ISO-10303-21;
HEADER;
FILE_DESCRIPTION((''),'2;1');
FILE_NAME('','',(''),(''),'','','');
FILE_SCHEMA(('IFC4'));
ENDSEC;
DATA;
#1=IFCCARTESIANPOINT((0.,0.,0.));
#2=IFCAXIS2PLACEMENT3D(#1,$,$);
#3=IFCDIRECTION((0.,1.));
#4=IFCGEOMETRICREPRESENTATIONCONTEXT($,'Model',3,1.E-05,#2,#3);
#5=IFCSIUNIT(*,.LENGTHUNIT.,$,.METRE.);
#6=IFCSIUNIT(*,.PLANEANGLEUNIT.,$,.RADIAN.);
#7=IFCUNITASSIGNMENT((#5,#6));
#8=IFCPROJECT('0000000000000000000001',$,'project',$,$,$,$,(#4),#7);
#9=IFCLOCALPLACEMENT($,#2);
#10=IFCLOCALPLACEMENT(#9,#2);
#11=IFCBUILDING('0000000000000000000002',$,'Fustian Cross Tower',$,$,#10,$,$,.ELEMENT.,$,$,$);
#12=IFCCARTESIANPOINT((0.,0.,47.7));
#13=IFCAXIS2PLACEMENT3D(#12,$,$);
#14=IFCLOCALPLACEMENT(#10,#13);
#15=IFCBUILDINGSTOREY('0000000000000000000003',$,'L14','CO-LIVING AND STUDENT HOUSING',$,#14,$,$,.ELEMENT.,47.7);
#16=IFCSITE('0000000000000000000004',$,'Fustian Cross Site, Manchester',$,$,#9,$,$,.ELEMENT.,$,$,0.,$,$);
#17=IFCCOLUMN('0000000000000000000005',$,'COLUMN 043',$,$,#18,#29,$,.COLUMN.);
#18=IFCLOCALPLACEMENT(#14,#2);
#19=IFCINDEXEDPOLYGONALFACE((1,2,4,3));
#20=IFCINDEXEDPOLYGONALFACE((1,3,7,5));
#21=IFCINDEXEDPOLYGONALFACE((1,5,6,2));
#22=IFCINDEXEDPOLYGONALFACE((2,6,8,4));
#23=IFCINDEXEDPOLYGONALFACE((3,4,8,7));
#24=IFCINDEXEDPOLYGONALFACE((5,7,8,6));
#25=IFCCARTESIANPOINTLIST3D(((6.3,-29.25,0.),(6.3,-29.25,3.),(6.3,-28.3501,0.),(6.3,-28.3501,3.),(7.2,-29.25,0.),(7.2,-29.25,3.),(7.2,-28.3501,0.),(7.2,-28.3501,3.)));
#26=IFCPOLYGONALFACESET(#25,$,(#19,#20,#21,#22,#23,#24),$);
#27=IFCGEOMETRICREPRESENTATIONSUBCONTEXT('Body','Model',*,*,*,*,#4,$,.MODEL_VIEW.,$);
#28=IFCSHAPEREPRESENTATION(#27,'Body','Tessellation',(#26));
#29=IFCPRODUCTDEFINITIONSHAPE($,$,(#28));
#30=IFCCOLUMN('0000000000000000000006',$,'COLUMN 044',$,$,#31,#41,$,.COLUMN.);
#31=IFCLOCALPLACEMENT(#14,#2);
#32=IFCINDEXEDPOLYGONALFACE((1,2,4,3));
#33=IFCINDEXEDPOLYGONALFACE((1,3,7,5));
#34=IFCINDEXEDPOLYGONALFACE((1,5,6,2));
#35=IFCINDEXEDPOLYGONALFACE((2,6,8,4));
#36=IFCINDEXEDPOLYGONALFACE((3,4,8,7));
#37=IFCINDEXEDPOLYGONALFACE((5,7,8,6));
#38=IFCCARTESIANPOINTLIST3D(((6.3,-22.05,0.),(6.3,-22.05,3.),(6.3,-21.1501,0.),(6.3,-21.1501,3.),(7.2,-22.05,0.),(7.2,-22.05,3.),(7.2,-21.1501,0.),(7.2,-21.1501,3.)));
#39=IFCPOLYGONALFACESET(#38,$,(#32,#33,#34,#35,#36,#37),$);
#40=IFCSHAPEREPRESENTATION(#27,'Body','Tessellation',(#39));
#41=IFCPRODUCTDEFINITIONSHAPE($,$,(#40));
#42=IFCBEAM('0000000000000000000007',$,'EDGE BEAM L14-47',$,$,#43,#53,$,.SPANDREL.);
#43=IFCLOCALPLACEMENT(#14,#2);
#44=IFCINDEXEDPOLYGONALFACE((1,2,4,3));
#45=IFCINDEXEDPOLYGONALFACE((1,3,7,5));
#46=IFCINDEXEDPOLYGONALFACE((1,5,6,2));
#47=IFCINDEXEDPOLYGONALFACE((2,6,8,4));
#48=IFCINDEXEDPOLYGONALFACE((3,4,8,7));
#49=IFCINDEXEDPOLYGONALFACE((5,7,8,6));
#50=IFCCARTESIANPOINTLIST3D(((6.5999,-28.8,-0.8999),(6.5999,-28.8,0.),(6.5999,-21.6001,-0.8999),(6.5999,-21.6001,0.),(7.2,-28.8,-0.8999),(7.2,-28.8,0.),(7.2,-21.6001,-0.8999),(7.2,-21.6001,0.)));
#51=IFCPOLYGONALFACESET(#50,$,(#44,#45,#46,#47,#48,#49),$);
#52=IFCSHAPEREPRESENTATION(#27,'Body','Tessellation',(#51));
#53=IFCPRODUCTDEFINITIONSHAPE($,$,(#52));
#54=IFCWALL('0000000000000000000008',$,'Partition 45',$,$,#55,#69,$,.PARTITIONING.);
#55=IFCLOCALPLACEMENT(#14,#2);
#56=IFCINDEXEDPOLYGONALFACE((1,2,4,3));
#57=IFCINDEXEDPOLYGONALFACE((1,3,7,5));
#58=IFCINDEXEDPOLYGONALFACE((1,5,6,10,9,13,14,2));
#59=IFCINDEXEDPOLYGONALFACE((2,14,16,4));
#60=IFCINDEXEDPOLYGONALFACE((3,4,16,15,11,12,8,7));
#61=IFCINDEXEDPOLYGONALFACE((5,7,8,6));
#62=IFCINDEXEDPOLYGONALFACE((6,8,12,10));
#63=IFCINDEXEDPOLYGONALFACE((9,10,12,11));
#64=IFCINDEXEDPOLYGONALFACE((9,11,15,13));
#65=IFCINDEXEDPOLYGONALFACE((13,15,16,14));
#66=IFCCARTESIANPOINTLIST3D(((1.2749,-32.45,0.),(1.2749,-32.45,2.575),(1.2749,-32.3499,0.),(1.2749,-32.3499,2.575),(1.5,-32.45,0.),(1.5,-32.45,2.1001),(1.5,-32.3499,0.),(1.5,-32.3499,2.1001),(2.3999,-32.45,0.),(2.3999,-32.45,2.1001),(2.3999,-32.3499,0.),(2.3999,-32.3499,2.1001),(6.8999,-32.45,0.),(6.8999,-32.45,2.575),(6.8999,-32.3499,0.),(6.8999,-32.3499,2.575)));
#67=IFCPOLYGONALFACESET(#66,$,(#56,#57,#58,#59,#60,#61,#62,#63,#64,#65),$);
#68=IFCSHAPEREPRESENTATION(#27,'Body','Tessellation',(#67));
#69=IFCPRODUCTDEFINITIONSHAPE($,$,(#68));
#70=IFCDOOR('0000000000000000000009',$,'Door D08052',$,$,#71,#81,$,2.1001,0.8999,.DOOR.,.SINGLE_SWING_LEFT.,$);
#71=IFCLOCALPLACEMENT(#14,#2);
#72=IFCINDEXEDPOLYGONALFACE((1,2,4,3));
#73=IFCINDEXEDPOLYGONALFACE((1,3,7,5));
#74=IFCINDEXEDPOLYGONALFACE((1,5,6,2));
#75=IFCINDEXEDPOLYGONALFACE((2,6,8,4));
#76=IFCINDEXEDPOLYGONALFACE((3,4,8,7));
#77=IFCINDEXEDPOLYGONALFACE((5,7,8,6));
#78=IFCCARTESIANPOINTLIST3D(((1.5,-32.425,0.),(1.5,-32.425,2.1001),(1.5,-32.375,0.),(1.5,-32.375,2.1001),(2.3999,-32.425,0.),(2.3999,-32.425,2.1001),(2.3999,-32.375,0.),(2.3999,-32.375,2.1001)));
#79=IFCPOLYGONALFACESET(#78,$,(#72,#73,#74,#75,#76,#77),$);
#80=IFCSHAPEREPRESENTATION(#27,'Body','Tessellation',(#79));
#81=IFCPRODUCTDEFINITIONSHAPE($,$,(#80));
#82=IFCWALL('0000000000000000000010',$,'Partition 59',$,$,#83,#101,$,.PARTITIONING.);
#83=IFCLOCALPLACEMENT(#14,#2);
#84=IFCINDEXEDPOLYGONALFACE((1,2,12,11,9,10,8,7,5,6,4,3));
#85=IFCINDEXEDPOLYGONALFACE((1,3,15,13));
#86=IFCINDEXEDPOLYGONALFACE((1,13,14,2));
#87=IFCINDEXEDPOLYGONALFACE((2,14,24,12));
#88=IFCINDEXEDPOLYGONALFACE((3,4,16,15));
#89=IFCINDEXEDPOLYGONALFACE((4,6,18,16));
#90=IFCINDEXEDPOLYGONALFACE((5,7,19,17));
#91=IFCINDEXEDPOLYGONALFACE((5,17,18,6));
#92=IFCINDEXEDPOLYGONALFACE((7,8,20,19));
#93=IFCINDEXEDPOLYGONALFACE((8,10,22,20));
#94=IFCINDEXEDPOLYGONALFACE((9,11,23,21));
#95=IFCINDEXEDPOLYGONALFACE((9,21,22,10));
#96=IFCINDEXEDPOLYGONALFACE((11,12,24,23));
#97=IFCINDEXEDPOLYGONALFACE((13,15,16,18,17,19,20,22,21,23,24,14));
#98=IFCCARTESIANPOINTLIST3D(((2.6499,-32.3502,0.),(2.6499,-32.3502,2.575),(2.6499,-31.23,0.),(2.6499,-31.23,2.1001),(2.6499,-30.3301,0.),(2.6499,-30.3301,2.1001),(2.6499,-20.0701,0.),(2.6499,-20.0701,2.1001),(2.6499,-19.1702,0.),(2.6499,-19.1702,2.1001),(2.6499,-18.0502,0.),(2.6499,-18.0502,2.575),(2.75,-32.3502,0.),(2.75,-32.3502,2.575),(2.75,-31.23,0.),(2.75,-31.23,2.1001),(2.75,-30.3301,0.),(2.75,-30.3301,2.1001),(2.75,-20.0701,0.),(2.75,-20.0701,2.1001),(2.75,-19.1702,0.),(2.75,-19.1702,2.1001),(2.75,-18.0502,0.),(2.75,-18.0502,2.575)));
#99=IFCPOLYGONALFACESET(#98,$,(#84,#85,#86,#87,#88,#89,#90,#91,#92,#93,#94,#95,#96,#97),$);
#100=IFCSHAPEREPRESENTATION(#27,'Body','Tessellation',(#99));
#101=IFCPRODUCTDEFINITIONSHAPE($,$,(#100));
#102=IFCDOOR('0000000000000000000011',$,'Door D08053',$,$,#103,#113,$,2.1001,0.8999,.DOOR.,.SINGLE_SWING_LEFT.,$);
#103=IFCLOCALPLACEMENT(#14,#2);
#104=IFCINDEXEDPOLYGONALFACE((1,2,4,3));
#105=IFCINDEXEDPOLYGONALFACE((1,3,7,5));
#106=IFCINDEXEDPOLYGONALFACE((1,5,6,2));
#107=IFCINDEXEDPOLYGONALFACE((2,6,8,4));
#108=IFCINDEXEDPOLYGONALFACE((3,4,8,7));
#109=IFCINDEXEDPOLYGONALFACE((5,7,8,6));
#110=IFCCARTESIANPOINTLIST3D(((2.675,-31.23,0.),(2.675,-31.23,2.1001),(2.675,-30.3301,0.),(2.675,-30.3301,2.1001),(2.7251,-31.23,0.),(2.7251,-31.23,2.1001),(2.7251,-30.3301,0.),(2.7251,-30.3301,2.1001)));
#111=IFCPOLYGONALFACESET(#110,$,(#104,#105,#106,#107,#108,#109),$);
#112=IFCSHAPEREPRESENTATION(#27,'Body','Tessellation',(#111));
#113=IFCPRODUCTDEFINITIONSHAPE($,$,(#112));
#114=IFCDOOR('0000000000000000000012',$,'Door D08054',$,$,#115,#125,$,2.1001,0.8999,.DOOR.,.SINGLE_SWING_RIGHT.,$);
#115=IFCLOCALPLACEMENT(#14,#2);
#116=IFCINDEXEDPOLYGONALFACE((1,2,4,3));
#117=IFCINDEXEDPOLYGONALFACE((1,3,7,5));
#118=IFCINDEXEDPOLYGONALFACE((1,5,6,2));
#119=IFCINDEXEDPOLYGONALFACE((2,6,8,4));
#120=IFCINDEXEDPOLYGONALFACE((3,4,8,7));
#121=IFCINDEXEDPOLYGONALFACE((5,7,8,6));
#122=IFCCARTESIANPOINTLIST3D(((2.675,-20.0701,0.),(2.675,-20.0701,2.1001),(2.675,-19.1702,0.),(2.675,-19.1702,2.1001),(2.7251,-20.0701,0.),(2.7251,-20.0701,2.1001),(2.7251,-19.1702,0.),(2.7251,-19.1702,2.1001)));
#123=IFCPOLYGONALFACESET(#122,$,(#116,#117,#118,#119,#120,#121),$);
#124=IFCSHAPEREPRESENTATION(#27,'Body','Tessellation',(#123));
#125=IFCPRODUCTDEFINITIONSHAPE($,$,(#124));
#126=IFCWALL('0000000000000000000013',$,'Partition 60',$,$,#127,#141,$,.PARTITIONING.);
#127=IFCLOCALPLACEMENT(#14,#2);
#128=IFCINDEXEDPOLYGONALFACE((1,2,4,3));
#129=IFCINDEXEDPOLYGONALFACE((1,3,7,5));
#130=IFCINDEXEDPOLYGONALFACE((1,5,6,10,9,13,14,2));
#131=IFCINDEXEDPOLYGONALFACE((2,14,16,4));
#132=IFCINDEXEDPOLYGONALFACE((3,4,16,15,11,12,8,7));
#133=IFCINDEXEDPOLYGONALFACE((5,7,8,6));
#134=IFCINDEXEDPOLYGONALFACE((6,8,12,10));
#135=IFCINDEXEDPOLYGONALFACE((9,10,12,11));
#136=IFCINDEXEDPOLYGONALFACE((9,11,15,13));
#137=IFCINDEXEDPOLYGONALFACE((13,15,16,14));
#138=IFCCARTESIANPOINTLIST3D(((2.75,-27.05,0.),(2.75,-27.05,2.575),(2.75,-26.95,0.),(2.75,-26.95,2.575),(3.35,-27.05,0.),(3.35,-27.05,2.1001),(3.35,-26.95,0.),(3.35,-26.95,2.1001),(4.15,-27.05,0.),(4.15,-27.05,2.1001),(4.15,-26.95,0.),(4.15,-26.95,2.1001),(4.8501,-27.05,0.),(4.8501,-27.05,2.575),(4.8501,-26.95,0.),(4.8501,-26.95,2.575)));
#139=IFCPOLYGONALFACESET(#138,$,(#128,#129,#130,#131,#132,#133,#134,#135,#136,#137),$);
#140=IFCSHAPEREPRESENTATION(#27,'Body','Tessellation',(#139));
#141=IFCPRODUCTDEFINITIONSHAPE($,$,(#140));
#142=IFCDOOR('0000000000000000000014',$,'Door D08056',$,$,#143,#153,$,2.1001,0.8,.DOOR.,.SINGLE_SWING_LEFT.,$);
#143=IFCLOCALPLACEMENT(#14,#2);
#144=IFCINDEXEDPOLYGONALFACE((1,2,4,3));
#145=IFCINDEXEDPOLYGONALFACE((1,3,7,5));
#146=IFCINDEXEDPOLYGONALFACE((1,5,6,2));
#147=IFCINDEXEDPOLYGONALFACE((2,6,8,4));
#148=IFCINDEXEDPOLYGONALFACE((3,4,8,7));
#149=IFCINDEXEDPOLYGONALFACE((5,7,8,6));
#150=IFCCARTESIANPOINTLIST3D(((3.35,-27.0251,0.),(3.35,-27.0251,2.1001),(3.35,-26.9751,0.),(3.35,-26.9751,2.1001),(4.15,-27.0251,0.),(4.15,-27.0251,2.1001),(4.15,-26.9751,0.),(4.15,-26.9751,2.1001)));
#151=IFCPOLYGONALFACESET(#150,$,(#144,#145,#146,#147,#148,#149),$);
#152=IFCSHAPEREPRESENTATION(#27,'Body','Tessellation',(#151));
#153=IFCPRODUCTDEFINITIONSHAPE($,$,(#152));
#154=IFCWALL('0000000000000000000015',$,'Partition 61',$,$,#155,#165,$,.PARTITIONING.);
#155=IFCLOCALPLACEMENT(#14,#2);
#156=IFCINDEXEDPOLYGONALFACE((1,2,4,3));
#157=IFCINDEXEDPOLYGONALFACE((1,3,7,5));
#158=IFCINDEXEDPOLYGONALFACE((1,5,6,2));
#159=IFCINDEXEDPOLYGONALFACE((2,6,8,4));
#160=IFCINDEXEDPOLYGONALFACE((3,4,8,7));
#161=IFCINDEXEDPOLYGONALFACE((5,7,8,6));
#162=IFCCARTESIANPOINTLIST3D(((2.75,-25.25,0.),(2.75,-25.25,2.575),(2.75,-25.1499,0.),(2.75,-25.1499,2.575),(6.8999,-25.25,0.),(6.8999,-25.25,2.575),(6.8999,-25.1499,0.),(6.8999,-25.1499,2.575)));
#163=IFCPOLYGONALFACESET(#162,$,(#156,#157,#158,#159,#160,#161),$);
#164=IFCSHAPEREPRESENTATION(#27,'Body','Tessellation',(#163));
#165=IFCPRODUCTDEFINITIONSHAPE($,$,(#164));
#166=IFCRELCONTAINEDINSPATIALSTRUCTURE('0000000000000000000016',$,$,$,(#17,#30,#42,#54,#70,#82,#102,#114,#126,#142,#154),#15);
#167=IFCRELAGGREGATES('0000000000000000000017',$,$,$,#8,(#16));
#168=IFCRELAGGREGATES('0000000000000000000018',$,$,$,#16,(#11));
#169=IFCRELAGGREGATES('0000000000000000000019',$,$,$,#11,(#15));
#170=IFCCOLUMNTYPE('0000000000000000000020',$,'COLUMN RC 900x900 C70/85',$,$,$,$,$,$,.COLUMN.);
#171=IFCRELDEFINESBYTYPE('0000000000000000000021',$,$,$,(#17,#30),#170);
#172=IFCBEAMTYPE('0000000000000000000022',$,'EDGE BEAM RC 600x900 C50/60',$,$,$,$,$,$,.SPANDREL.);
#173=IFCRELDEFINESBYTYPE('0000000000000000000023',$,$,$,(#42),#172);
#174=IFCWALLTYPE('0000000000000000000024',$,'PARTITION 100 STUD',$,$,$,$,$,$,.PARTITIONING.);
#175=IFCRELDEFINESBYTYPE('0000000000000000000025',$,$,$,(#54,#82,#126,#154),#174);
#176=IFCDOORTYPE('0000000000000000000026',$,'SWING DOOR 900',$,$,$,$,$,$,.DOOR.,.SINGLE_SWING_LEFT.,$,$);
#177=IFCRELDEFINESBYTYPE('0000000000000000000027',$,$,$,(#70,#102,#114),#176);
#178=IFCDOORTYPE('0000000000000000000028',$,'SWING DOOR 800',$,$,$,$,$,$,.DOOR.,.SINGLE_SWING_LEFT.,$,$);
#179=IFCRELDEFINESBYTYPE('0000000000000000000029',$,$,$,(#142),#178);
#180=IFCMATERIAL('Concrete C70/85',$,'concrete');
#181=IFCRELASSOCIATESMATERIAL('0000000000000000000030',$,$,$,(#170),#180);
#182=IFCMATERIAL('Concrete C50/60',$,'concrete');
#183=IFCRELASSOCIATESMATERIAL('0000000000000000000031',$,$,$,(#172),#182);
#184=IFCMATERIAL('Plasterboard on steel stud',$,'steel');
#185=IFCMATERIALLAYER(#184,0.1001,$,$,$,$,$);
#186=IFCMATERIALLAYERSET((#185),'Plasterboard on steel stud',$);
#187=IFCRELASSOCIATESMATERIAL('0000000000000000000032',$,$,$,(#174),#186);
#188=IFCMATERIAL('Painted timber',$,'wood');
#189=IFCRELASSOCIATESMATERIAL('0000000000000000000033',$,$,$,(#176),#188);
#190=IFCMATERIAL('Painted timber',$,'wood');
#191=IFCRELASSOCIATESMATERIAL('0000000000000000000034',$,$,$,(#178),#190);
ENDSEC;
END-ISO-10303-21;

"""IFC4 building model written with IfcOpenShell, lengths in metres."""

from ifc_helpers import new_model, si_unit, direction, frame, frame_2d, origin, origin_2d, place, context, subcontext, project, spatial, rectangle, extrude, material, layer, layer_set, material_profile, profile_set, type_object, element, fill, save


model = new_model("IFC4")

# Units and contexts
model_context = context("Model", 3, precision=1e-05, world=origin(), true_north=direction((0.0, 1.0)))
body_context = subcontext(model_context, "Body", "Model", "MODEL_VIEW")
ifc_project = project(units=[si_unit("LENGTHUNIT", "METRE"), si_unit("PLANEANGLEUNIT", "RADIAN")], contexts=[model_context])

# Site, building, storey
site_placement = place(None, origin())
site = spatial("IfcSite", under=ifc_project, at=site_placement, Name="Fustian Cross Site, Manchester", CompositionType="ELEMENT", RefElevation=0.0)
building_placement = place(site_placement, origin())
building = spatial("IfcBuilding", under=site, at=building_placement, Name="Fustian Cross Tower", CompositionType="ELEMENT")
storey_placement = place(building_placement, frame((0.0, 0.0, 47.7)))
storey = spatial("IfcBuildingStorey", under=building, at=storey_placement, Name="L14", Description="CO-LIVING AND STUDENT HOUSING", CompositionType="ELEMENT", Elevation=47.7)

# Columns
ifc_material_1 = material(Name="Concrete C70/85", Category="concrete")
ifc_material_profile_1 = material_profile(ifc_material_1, rectangle(XDim=0.8999, YDim=0.8999, at=origin_2d()), Name="RC 900x900")
ifc_profile_set_1 = profile_set([ifc_material_profile_1], Name="Concrete C70/85")
column_type = type_object("IfcColumnType", Name="COLUMN RC 900x900 C70/85", PredefinedType="COLUMN", material=ifc_profile_set_1)
for number, where, z_axis, x_axis, name in (
    (1, (6.75, -28.8, 0.0), (0.0, 0.0, 1.0), (1.0, 0.0, 0.0), "COLUMN 043"),
    (2, (6.75, -21.6001, 0.0), (0.0, 0.0, 1.0), (1.0, 0.0, 0.0), "COLUMN 044"),
):
    element("IfcColumn", number, at=place(storey_placement, frame(where, z_axis=z_axis, x_axis=x_axis)), inside=storey, type_object=column_type, Name=name, PredefinedType="COLUMN", context=body_context, shape_type="SweptSolid", body=[
        extrude(rectangle(XDim=0.8999, YDim=0.8999, at=origin_2d()), origin(), (0.0, 0.0, 1.0), 3.0),
    ])

# Beam
ifc_material_2 = material(Name="Concrete C50/60", Category="concrete")
ifc_material_profile_2 = material_profile(ifc_material_2, rectangle(XDim=0.6001, YDim=0.8999, at=origin_2d()), Name="RC 600x900")
ifc_profile_set_2 = profile_set([ifc_material_profile_2], Name="Concrete C50/60")
beam_type = type_object("IfcBeamType", Name="EDGE BEAM RC 600x900 C50/60", PredefinedType="SPANDREL", material=ifc_profile_set_2)
beam_placement = place(storey_placement, frame((6.8999, -28.8, -0.45), z_axis=(0.0, 1.0, 0.0), x_axis=(-1.0, 0.0, 0.0)))
element("IfcBeam", 3, at=beam_placement, inside=storey, type_object=beam_type, Name="EDGE BEAM L14-47", PredefinedType="SPANDREL", context=body_context, shape_type="SweptSolid", body=[
    extrude(rectangle(XDim=0.6001, YDim=0.8999, at=origin_2d()), origin(), (0.0, 0.0, 1.0), 7.2),
])

# Wall, opening, door
ifc_material_3 = material(Name="Plasterboard on steel stud", Category="steel")
ifc_layer = layer(ifc_material_3, 0.1001)
ifc_layer_set = layer_set([ifc_layer], Name="Plasterboard on steel stud")
wall_type = type_object("IfcWallType", Name="PARTITION 100 STUD", PredefinedType="PARTITIONING", material=ifc_layer_set)
wall_1_placement = place(storey_placement, frame((1.2749, -32.3999, 0.0), z_axis=(0.0, 0.0, 1.0), x_axis=(1.0, 0.0, 0.0)))
wall_1 = element("IfcWall", 4, at=wall_1_placement, inside=storey, type_object=wall_type, Name="Partition 45", PredefinedType="PARTITIONING", context=body_context, shape_type="SweptSolid", body=[
    extrude(rectangle(XDim=5.625, YDim=0.1001, at=frame_2d((2.8125, 0.0))), origin(), (0.0, 0.0, 1.0), 2.575),
])
opening_1_placement = place(wall_1_placement, frame((0.2251, 0.0, 0.0)))
opening_1 = element("IfcOpeningElement", 5, at=opening_1_placement, cuts=wall_1, PredefinedType="OPENING", context=body_context, shape_type="SweptSolid", body=[
    extrude(rectangle(XDim=0.8999, YDim=2.1001, at=frame_2d((0.45, 1.05))), frame((0.0, 0.0601, 0.0), z_axis=(0.0, -1.0, 0.0), x_axis=(1.0, 0.0, 0.0)), (0.0, 0.0, 1.0), 0.1201),
])
ifc_material_4 = material(Name="Painted timber", Category="wood")
door_type_1 = type_object("IfcDoorType", Name="SWING DOOR 900", OperationType="SINGLE_SWING_LEFT", PredefinedType="DOOR", material=ifc_material_4)
door_1_placement = place(opening_1_placement, origin())
door_1 = element("IfcDoor", 6, at=door_1_placement, inside=storey, type_object=door_type_1, Name="Door D08052", OperationType="SINGLE_SWING_LEFT", OverallHeight=2.1001, OverallWidth=0.8999, PredefinedType="DOOR", context=body_context, shape_type="SweptSolid", body=[
    extrude(rectangle(XDim=0.8999, YDim=2.1001, at=frame_2d((0.45, 1.05))), frame((0.0, 0.0249, 0.0), z_axis=(0.0, -1.0, 0.0), x_axis=(1.0, 0.0, 0.0)), (0.0, 0.0, 1.0), 0.05),
])
fill(opening_1, door_1)

# Wall, openings, doors
wall_2_placement = place(storey_placement, frame((2.7, -32.3501, 0.0), z_axis=(0.0, 0.0, 1.0), x_axis=(0.0, 1.0, 0.0)))
wall_2 = element("IfcWall", 7, at=wall_2_placement, inside=storey, type_object=wall_type, Name="Partition 59", PredefinedType="PARTITIONING", context=body_context, shape_type="SweptSolid", body=[
    extrude(rectangle(XDim=14.3, YDim=0.1001, at=frame_2d((7.1499, 0.0))), origin(), (0.0, 0.0, 1.0), 2.575),
])
opening_2_placement = place(wall_2_placement, frame((1.1201, 0.0, 0.0)))
opening_2 = element("IfcOpeningElement", 8, at=opening_2_placement, cuts=wall_2, PredefinedType="OPENING", context=body_context, shape_type="SweptSolid", body=[
    extrude(rectangle(XDim=0.8999, YDim=2.1001, at=frame_2d((0.45, 1.05))), frame((0.0, 0.0601, 0.0), z_axis=(0.0, -1.0, 0.0), x_axis=(1.0, 0.0, 0.0)), (0.0, 0.0, 1.0), 0.1201),
])
opening_3_placement = place(wall_2_placement, frame((12.28, 0.0, 0.0)))
opening_3 = element("IfcOpeningElement", 9, at=opening_3_placement, cuts=wall_2, PredefinedType="OPENING", context=body_context, shape_type="SweptSolid", body=[
    extrude(rectangle(XDim=0.8999, YDim=2.1001, at=frame_2d((0.45, 1.05))), frame((0.0, 0.0601, 0.0), z_axis=(0.0, -1.0, 0.0), x_axis=(1.0, 0.0, 0.0)), (0.0, 0.0, 1.0), 0.1201),
])
door_2_placement = place(opening_2_placement, origin())
door_2 = element("IfcDoor", 10, at=door_2_placement, inside=storey, type_object=door_type_1, Name="Door D08053", OperationType="SINGLE_SWING_LEFT", OverallHeight=2.1001, OverallWidth=0.8999, PredefinedType="DOOR", context=body_context, shape_type="SweptSolid", body=[
    extrude(rectangle(XDim=0.8999, YDim=2.1001, at=frame_2d((0.45, 1.05))), frame((0.0, 0.0249, 0.0), z_axis=(0.0, -1.0, 0.0), x_axis=(1.0, 0.0, 0.0)), (0.0, 0.0, 1.0), 0.05),
])
fill(opening_2, door_2)
door_3_placement = place(opening_3_placement, origin())
door_3 = element("IfcDoor", 11, at=door_3_placement, inside=storey, type_object=door_type_1, Name="Door D08054", OperationType="SINGLE_SWING_RIGHT", OverallHeight=2.1001, OverallWidth=0.8999, PredefinedType="DOOR", context=body_context, shape_type="SweptSolid", body=[
    extrude(rectangle(XDim=0.8999, YDim=2.1001, at=frame_2d((0.45, 1.05))), frame((0.0, 0.0249, 0.0), z_axis=(0.0, -1.0, 0.0), x_axis=(1.0, 0.0, 0.0)), (0.0, 0.0, 1.0), 0.05),
])
fill(opening_3, door_3)

# Wall, opening, door
wall_3_placement = place(storey_placement, frame((2.75, -27.0, 0.0), z_axis=(0.0, 0.0, 1.0), x_axis=(1.0, 0.0, 0.0)))
wall_3 = element("IfcWall", 12, at=wall_3_placement, inside=storey, type_object=wall_type, Name="Partition 60", PredefinedType="PARTITIONING", context=body_context, shape_type="SweptSolid", body=[
    extrude(rectangle(XDim=2.1001, YDim=0.1001, at=frame_2d((1.05, 0.0))), origin(), (0.0, 0.0, 1.0), 2.575),
])
opening_4_placement = place(wall_3_placement, frame((0.6001, 0.0, 0.0)))
opening_4 = element("IfcOpeningElement", 13, at=opening_4_placement, cuts=wall_3, PredefinedType="OPENING", context=body_context, shape_type="SweptSolid", body=[
    extrude(rectangle(XDim=0.8, YDim=2.1001, at=frame_2d((0.3999, 1.05))), frame((0.0, 0.0601, 0.0), z_axis=(0.0, -1.0, 0.0), x_axis=(1.0, 0.0, 0.0)), (0.0, 0.0, 1.0), 0.1201),
])
ifc_material_5 = material(Name="Painted timber", Category="wood")
door_type_2 = type_object("IfcDoorType", Name="SWING DOOR 800", OperationType="SINGLE_SWING_LEFT", PredefinedType="DOOR", material=ifc_material_5)
door_4_placement = place(opening_4_placement, origin())
door_4 = element("IfcDoor", 14, at=door_4_placement, inside=storey, type_object=door_type_2, Name="Door D08056", OperationType="SINGLE_SWING_LEFT", OverallHeight=2.1001, OverallWidth=0.8, PredefinedType="DOOR", context=body_context, shape_type="SweptSolid", body=[
    extrude(rectangle(XDim=0.8, YDim=2.1001, at=frame_2d((0.3999, 1.05))), frame((0.0, 0.0249, 0.0), z_axis=(0.0, -1.0, 0.0), x_axis=(1.0, 0.0, 0.0)), (0.0, 0.0, 1.0), 0.05),
])
fill(opening_4, door_4)

# Wall
wall_4_placement = place(storey_placement, frame((2.75, -25.2, 0.0), z_axis=(0.0, 0.0, 1.0), x_axis=(1.0, 0.0, 0.0)))
element("IfcWall", 15, at=wall_4_placement, inside=storey, type_object=wall_type, Name="Partition 61", PredefinedType="PARTITIONING", context=body_context, shape_type="SweptSolid", body=[
    extrude(rectangle(XDim=4.1499, YDim=0.1001, at=frame_2d((2.075, 0.0))), origin(), (0.0, 0.0, 1.0), 2.575),
])

save(model, "model.ifc")
